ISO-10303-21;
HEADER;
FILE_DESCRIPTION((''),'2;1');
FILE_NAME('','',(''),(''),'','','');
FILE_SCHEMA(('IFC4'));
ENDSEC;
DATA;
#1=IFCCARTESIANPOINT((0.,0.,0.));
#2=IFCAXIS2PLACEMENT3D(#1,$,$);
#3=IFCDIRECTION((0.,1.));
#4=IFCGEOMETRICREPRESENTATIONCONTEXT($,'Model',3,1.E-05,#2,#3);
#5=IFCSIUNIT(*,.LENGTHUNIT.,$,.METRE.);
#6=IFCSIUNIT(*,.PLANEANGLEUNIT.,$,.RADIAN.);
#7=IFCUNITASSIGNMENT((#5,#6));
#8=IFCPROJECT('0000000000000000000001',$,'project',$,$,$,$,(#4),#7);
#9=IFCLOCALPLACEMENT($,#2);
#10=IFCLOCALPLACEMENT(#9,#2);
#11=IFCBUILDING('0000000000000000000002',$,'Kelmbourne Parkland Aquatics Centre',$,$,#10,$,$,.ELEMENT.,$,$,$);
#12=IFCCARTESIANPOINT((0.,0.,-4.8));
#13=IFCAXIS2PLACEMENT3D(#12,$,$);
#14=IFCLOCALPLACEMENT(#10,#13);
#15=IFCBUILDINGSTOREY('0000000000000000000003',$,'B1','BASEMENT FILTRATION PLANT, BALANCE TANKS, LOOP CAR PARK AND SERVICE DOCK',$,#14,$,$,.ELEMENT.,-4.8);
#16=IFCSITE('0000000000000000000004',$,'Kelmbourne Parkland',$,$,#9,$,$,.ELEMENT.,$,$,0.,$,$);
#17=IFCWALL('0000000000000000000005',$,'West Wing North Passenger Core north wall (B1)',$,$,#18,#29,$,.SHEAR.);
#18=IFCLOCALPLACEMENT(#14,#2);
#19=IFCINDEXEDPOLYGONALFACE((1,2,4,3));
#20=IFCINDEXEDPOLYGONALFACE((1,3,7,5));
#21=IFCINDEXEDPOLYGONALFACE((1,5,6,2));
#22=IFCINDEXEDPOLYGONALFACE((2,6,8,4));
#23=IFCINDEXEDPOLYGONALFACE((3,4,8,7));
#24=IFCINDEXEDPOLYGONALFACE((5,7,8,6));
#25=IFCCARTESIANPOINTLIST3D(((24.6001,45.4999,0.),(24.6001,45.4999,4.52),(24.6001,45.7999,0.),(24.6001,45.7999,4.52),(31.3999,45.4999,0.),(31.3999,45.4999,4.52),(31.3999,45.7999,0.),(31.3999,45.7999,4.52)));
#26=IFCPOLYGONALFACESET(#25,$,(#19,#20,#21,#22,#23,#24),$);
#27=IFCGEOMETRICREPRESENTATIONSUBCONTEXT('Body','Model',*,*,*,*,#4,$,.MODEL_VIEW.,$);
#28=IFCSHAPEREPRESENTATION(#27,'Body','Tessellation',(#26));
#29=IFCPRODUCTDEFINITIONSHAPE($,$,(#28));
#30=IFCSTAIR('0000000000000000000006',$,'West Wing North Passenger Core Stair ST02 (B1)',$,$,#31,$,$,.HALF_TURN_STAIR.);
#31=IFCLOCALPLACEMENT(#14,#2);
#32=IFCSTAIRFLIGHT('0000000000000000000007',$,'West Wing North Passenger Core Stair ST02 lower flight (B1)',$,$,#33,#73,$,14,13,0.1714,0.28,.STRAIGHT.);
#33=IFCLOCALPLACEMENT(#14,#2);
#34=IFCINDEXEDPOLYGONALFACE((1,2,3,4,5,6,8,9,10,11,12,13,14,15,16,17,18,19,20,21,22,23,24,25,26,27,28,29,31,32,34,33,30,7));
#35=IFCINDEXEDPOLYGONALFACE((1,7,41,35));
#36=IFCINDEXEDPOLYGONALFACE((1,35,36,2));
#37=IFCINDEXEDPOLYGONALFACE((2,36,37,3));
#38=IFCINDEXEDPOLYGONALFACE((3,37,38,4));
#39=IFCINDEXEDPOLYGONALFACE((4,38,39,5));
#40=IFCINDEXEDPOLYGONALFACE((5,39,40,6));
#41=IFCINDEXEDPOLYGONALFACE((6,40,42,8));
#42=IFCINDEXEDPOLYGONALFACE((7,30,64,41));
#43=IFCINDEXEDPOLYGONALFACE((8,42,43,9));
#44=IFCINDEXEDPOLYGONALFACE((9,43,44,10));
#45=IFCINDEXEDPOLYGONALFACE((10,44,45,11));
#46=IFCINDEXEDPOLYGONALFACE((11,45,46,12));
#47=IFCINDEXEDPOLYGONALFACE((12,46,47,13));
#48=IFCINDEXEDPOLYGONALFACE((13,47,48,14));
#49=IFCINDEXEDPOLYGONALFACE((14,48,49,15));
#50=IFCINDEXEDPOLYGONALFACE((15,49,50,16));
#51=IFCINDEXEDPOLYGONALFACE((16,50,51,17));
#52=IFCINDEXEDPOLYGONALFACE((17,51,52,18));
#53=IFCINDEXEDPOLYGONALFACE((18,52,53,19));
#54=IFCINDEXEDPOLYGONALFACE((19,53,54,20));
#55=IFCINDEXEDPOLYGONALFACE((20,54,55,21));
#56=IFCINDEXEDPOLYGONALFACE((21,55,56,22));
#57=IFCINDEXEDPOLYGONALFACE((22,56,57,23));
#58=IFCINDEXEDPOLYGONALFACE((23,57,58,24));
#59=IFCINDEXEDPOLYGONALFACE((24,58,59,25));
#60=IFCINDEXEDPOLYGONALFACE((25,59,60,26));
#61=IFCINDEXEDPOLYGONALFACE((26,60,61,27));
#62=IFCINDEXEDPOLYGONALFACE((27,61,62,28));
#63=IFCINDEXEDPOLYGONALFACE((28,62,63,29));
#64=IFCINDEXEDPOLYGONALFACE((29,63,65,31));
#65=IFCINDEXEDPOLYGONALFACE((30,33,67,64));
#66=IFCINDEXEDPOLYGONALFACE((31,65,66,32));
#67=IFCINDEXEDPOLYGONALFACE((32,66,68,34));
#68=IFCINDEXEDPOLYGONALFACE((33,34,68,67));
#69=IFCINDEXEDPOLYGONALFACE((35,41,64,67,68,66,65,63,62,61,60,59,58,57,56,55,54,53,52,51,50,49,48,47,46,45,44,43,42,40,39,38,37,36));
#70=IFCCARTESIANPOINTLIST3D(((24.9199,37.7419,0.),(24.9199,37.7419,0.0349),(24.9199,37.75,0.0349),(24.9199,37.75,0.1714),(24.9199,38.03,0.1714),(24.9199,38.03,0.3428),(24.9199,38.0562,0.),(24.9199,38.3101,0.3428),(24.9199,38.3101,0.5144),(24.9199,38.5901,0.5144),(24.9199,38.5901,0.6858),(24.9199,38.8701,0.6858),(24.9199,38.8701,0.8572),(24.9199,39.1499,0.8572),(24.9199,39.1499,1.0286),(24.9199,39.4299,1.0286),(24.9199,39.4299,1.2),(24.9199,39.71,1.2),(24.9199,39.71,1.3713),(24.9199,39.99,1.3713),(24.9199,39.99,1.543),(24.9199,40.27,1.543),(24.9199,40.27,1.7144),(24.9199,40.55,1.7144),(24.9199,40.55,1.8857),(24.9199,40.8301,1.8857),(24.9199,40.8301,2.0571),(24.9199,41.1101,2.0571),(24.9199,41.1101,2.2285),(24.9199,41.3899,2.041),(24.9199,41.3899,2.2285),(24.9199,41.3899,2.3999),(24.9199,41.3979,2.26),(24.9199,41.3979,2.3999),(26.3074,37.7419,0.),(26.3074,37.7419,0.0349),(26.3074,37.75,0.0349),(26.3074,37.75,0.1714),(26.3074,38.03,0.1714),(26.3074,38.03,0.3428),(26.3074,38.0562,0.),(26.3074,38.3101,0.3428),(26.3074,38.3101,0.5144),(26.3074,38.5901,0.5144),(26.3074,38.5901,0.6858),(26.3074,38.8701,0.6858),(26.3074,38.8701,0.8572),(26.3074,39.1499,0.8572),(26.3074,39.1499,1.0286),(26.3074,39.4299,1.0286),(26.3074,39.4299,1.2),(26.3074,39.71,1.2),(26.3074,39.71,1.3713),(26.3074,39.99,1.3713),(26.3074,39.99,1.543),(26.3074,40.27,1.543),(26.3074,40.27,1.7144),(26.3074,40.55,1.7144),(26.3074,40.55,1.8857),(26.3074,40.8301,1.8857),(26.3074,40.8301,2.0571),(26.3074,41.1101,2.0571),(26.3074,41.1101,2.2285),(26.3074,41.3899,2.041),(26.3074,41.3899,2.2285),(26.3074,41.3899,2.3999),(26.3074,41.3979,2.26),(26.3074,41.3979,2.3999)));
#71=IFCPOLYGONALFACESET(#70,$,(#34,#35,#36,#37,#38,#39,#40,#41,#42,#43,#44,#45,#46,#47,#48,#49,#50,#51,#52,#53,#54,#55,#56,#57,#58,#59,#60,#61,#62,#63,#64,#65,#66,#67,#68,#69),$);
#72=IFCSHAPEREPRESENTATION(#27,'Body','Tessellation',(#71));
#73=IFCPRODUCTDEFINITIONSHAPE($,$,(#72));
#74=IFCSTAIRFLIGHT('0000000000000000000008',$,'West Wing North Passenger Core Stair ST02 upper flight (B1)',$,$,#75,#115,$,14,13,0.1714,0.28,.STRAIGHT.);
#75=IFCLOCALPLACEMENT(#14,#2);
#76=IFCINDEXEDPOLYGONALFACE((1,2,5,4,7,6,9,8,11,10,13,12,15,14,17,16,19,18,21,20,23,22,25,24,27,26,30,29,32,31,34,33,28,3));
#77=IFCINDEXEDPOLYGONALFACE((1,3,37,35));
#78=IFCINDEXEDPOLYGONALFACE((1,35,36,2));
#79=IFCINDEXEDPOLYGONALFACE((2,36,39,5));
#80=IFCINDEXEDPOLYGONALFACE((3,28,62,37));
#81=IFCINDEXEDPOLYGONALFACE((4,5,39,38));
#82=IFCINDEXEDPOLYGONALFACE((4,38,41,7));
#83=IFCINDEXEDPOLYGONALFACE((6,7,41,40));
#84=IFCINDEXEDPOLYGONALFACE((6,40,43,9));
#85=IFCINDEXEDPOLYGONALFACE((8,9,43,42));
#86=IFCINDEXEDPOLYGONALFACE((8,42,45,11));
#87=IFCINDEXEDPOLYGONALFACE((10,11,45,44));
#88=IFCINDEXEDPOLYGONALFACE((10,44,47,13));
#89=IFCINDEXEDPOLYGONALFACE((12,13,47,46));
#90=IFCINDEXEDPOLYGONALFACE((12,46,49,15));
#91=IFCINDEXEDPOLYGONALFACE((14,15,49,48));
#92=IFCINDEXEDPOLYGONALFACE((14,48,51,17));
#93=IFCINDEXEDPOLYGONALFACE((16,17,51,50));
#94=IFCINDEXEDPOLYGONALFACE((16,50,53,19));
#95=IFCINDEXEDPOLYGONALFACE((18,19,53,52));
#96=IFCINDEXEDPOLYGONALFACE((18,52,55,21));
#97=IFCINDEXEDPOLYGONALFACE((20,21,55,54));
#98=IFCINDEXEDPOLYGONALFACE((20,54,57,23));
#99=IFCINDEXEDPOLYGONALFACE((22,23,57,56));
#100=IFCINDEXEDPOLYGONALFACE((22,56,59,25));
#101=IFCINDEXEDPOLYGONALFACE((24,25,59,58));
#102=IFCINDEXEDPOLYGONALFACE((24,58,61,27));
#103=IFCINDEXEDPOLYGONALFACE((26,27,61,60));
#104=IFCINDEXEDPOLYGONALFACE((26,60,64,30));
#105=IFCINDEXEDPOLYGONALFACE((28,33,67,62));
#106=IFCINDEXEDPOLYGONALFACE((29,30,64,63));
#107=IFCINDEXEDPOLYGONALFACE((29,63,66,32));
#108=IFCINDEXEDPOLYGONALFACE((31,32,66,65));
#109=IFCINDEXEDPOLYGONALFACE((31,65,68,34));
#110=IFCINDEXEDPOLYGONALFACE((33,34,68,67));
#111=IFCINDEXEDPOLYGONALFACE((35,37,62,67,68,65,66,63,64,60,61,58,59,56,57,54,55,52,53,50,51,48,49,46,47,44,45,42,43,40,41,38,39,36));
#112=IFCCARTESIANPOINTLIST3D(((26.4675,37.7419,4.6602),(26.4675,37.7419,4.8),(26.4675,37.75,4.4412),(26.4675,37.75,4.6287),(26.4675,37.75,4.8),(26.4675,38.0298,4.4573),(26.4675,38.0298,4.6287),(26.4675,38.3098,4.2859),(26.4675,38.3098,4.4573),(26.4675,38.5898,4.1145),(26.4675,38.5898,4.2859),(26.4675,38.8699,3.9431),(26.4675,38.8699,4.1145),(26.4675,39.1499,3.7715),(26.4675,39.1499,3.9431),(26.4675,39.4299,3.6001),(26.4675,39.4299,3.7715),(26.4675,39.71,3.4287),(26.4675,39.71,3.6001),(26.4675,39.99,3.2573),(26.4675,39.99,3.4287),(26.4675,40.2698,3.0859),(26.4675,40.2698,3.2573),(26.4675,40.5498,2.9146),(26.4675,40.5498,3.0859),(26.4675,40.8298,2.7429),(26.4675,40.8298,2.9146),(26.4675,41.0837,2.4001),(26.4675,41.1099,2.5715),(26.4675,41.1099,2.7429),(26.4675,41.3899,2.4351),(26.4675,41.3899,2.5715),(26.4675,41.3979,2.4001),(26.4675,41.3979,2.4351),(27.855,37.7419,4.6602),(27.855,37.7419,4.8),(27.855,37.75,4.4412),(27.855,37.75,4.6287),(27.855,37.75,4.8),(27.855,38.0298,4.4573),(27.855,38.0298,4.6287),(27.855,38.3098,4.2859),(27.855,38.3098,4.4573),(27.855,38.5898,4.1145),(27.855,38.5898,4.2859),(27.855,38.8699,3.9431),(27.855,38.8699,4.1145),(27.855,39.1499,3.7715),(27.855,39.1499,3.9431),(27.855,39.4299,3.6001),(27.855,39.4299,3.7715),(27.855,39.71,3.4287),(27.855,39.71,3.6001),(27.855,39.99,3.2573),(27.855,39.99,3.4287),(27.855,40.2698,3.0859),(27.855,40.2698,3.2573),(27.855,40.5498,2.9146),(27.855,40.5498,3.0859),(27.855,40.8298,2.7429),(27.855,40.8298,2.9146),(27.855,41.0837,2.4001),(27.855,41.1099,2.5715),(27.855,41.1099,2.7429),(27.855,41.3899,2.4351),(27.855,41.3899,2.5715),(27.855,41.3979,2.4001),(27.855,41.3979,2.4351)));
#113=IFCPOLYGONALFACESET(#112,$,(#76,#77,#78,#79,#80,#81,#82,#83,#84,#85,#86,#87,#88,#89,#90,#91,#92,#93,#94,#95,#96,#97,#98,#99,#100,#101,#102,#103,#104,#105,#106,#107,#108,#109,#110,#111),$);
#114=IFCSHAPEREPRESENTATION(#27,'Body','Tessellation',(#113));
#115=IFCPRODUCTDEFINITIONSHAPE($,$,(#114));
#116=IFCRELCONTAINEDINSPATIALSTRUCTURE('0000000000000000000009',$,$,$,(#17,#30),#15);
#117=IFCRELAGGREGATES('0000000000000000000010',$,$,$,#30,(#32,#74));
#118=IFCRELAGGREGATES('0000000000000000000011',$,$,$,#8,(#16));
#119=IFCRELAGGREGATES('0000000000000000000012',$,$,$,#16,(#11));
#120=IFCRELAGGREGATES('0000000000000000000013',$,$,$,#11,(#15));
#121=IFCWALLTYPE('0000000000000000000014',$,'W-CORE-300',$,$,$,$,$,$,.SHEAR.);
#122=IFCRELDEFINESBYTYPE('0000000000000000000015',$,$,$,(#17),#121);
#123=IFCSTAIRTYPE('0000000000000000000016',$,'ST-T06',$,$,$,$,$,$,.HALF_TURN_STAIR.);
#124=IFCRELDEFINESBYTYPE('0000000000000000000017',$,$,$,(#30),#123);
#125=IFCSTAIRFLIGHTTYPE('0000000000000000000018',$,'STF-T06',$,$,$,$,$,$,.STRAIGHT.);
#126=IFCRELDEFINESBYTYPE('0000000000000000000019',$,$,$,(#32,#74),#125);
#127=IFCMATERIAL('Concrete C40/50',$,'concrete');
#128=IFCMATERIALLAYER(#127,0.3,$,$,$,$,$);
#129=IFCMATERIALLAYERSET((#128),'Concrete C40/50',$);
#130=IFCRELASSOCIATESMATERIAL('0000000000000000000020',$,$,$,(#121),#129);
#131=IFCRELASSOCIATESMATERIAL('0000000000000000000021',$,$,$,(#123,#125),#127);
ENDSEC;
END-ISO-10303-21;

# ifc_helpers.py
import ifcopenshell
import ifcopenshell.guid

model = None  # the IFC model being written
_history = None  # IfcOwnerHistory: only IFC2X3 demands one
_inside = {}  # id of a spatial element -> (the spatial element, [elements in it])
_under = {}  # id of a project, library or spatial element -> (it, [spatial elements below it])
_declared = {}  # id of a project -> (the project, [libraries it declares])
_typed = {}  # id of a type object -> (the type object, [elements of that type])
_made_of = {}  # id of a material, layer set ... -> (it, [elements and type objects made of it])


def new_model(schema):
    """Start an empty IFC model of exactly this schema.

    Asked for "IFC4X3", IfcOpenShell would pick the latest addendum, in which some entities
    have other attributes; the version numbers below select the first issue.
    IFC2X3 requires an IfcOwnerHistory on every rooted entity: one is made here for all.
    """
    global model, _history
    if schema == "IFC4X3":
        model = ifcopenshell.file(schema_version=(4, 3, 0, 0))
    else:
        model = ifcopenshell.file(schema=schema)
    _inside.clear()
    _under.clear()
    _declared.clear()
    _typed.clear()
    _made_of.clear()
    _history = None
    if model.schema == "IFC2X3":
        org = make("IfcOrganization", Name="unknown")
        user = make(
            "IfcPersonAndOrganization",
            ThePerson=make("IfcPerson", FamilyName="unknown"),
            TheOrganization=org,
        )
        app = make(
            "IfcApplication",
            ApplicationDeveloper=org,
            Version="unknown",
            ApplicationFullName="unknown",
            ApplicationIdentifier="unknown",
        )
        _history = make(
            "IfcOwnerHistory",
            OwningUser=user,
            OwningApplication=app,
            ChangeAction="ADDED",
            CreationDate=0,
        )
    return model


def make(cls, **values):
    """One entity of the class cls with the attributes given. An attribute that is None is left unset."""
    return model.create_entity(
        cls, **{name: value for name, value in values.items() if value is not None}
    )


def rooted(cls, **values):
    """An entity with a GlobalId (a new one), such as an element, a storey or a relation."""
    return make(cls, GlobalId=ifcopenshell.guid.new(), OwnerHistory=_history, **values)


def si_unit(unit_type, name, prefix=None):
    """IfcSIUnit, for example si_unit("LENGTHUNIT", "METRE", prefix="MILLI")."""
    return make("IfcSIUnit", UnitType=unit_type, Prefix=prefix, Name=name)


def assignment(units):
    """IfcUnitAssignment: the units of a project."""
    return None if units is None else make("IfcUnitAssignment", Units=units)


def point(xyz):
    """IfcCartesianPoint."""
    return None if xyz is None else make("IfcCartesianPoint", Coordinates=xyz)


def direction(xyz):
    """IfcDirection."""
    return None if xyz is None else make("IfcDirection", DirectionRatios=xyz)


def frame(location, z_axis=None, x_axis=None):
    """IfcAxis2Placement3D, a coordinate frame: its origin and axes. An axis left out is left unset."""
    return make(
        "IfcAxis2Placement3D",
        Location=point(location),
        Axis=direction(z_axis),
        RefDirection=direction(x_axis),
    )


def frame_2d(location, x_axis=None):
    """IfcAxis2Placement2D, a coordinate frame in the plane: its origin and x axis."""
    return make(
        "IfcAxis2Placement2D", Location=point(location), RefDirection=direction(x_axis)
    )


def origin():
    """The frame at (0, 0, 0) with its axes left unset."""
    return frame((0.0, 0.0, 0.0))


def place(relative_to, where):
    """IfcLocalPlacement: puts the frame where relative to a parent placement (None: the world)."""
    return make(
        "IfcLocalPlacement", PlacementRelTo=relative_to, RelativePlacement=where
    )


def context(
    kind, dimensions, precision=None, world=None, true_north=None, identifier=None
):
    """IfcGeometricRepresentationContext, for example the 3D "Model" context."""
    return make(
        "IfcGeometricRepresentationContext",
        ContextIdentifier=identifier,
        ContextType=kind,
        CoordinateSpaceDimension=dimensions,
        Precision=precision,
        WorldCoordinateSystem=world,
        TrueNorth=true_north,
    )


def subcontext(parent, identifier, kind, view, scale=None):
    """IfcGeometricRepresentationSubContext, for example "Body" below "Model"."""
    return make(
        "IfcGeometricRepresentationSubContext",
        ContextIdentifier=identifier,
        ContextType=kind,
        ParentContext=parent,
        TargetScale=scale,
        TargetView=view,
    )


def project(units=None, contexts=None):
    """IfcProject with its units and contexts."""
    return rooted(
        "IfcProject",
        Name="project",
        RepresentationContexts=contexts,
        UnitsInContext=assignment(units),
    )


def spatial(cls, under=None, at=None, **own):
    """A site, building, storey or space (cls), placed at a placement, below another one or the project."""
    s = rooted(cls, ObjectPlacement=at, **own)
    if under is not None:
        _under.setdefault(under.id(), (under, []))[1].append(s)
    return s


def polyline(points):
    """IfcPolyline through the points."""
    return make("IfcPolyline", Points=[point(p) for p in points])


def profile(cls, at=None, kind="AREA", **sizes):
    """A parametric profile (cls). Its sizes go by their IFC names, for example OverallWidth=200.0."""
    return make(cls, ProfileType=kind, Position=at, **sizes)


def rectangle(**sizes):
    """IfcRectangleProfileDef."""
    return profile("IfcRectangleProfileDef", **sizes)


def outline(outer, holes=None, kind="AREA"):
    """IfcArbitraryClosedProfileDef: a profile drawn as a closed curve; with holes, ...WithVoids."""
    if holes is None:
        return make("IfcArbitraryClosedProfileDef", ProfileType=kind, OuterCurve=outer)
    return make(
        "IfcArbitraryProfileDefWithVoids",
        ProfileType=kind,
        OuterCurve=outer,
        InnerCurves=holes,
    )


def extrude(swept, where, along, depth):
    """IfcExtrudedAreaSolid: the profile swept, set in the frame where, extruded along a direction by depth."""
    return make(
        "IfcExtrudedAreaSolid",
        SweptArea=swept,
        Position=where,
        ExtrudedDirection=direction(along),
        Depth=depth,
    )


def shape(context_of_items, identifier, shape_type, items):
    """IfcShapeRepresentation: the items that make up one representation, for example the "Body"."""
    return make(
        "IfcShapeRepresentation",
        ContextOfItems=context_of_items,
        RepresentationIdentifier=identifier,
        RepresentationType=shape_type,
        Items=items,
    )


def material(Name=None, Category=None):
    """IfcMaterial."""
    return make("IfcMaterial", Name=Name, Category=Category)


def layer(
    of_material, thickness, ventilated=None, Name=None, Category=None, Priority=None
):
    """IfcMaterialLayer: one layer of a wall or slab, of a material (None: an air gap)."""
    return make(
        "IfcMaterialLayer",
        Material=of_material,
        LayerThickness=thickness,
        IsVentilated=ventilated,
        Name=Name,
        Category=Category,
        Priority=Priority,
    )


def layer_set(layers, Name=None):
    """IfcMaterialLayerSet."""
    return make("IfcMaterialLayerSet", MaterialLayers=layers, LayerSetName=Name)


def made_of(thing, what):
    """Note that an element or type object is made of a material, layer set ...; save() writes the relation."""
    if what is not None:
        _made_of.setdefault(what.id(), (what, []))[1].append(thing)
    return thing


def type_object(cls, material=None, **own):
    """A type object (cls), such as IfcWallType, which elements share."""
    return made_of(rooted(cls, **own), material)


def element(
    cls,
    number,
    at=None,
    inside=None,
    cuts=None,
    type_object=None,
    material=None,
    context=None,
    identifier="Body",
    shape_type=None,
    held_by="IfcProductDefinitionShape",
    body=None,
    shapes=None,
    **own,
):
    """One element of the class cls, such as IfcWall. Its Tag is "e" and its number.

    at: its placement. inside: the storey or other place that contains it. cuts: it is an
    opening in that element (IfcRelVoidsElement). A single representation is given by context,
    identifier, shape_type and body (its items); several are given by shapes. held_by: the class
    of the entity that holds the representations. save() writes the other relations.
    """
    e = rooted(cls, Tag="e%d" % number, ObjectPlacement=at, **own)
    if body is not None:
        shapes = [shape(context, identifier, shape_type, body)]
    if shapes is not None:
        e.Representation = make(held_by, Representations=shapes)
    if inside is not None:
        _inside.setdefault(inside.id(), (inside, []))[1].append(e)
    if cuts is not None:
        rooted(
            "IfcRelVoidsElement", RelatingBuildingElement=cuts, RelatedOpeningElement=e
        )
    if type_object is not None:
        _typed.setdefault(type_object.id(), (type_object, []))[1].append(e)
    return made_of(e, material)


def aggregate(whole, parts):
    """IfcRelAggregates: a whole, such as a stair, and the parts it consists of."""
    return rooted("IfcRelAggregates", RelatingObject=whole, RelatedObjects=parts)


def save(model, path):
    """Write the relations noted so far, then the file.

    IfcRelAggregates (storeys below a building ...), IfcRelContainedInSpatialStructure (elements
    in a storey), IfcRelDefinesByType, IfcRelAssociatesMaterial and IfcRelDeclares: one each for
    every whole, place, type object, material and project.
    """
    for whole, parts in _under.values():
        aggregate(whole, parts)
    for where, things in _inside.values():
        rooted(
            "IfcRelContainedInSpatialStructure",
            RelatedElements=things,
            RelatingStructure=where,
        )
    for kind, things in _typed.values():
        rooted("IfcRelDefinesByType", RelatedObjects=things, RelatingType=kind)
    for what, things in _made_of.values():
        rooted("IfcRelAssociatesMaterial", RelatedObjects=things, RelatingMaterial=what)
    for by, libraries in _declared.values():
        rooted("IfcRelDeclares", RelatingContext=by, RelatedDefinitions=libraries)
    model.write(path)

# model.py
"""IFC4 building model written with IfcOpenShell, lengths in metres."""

from ifc_helpers import new_model, si_unit, direction, frame, frame_2d, origin, place, context, subcontext, project, spatial, polyline, rectangle, outline, extrude, material, layer, layer_set, type_object, element, aggregate, save


model = new_model("IFC4")

# Units and contexts
model_context = context("Model", 3, precision=1e-05, world=origin(), true_north=direction((0.0, 1.0)))
body_context = subcontext(model_context, "Body", "Model", "MODEL_VIEW")
ifc_project = project(units=[si_unit("LENGTHUNIT", "METRE"), si_unit("PLANEANGLEUNIT", "RADIAN")], contexts=[model_context])

# Site, building, storey
site_placement = place(None, origin())
site = spatial("IfcSite", under=ifc_project, at=site_placement, Name="Kelmbourne Parkland", CompositionType="ELEMENT", RefElevation=0.0)
building_placement = place(site_placement, origin())
building = spatial("IfcBuilding", under=site, at=building_placement, Name="Kelmbourne Parkland Aquatics Centre", CompositionType="ELEMENT")
storey_placement = place(building_placement, frame((0.0, 0.0, -4.8)))
storey = spatial("IfcBuildingStorey", under=building, at=storey_placement, Name="B1", Description="BASEMENT FILTRATION PLANT, BALANCE TANKS, LOOP CAR PARK AND SERVICE DOCK", CompositionType="ELEMENT", Elevation=-4.8)

# Shared definitions
ifc_material_1 = material(Name="Concrete C40/50", Category="concrete")

# Wall
ifc_layer = layer(ifc_material_1, 0.3)
ifc_layer_set = layer_set([ifc_layer], Name="Concrete C40/50")
wall_type = type_object("IfcWallType", Name="W-CORE-300", PredefinedType="SHEAR", material=ifc_layer_set)
wall_placement = place(storey_placement, frame((24.6001, 45.6499, 0.0), z_axis=(0.0, 0.0, 1.0), x_axis=(1.0, 0.0, 0.0)))
element("IfcWall", 1, at=wall_placement, inside=storey, type_object=wall_type, Name="West Wing North Passenger Core north wall (B1)", PredefinedType="SHEAR", context=body_context, shape_type="SweptSolid", body=[
    extrude(rectangle(XDim=6.7998, YDim=0.3, at=frame_2d((3.3999, 0.0))), origin(), (0.0, 0.0, 1.0), 4.52),
])

# Stair, stair flights
stair_type = type_object("IfcStairType", Name="ST-T06", PredefinedType="HALF_TURN_STAIR", material=ifc_material_1)
stair_placement = place(storey_placement, origin())
stair = element("IfcStair", 2, at=stair_placement, inside=storey, type_object=stair_type, Name="West Wing North Passenger Core Stair ST02 (B1)", PredefinedType="HALF_TURN_STAIR")
stair_flight_type = type_object("IfcStairFlightType", Name="STF-T06", PredefinedType="STRAIGHT", material=ifc_material_1)
stair_flight_1_placement = place(storey_placement, frame((25.6138, 37.75, 0.0), z_axis=(0.0, 0.0, 1.0), x_axis=(0.0, 1.0, 0.0)))
stair_flight_1 = element("IfcStairFlight", 3, at=stair_flight_1_placement, type_object=stair_flight_type, Name="West Wing North Passenger Core Stair ST02 lower flight (B1)", NumberOfRisers=14, NumberOfTreads=13, PredefinedType="STRAIGHT", RiserHeight=0.1714, TreadLength=0.28, context=body_context, shape_type="SweptSolid", body=[
    extrude(outline(polyline([(-0.0081, 0.0), (-0.0081, 0.0349), (0.0, 0.0349), (0.0, 0.1714), (0.28, 0.1714), (0.28, 0.3428), (0.5601, 0.3428), (0.5601, 0.5144), (0.8401, 0.5144), (0.8401, 0.6858), (1.1201, 0.6858), (1.1201, 0.8572), (1.3999, 0.8572), (1.3999, 1.0286), (1.6799, 1.0286), (1.6799, 1.2), (1.96, 1.2), (1.96, 1.3713), (2.24, 1.3713), (2.24, 1.543), (2.52, 1.543), (2.52, 1.7144), (2.8, 1.7144), (2.8, 1.8857), (3.0801, 1.8857), (3.0801, 2.0571), (3.3601, 2.0571), (3.3601, 2.2285), (3.6399, 2.2285), (3.6399, 2.3999), (3.6479, 2.3999), (3.6479, 2.26), (3.6399, 2.041), (0.3062, 0.0), (-0.0081, 0.0)])), frame((0.0, 0.6938, 0.0), z_axis=(0.0, -1.0, 0.0), x_axis=(1.0, 0.0, 0.0)), (0.0, 0.0, 1.0), 1.3875),
])
stair_flight_2_placement = place(storey_placement, frame((27.1611, 41.3899, 2.4001), z_axis=(0.0, 0.0, 1.0), x_axis=(0.0, -1.0, 0.0)))
stair_flight_2 = element("IfcStairFlight", 4, at=stair_flight_2_placement, type_object=stair_flight_type, Name="West Wing North Passenger Core Stair ST02 upper flight (B1)", NumberOfRisers=14, NumberOfTreads=13, PredefinedType="STRAIGHT", RiserHeight=0.1714, TreadLength=0.28, context=body_context, shape_type="SweptSolid", body=[
    extrude(outline(polyline([(-0.0081, 0.0), (-0.0081, 0.0349), (0.0, 0.0349), (0.0, 0.1714), (0.28, 0.1714), (0.28, 0.3428), (0.5601, 0.3428), (0.5601, 0.5144), (0.8401, 0.5144), (0.8401, 0.6858), (1.1201, 0.6858), (1.1201, 0.8572), (1.3999, 0.8572), (1.3999, 1.0286), (1.6799, 1.0286), (1.6799, 1.2), (1.96, 1.2), (1.96, 1.3713), (2.24, 1.3713), (2.24, 1.543), (2.52, 1.543), (2.52, 1.7144), (2.8, 1.7144), (2.8, 1.8857), (3.0801, 1.8857), (3.0801, 2.0571), (3.3601, 2.0571), (3.3601, 2.2285), (3.6399, 2.2285), (3.6399, 2.3999), (3.6479, 2.3999), (3.6479, 2.26), (3.6399, 2.041), (0.3062, 0.0), (-0.0081, 0.0)])), frame((0.0, 0.6938, 0.0), z_axis=(0.0, -1.0, 0.0), x_axis=(1.0, 0.0, 0.0)), (0.0, 0.0, 1.0), 1.3875),
])
aggregate(stair, [stair_flight_1, stair_flight_2])

save(model, "model.ifc")
